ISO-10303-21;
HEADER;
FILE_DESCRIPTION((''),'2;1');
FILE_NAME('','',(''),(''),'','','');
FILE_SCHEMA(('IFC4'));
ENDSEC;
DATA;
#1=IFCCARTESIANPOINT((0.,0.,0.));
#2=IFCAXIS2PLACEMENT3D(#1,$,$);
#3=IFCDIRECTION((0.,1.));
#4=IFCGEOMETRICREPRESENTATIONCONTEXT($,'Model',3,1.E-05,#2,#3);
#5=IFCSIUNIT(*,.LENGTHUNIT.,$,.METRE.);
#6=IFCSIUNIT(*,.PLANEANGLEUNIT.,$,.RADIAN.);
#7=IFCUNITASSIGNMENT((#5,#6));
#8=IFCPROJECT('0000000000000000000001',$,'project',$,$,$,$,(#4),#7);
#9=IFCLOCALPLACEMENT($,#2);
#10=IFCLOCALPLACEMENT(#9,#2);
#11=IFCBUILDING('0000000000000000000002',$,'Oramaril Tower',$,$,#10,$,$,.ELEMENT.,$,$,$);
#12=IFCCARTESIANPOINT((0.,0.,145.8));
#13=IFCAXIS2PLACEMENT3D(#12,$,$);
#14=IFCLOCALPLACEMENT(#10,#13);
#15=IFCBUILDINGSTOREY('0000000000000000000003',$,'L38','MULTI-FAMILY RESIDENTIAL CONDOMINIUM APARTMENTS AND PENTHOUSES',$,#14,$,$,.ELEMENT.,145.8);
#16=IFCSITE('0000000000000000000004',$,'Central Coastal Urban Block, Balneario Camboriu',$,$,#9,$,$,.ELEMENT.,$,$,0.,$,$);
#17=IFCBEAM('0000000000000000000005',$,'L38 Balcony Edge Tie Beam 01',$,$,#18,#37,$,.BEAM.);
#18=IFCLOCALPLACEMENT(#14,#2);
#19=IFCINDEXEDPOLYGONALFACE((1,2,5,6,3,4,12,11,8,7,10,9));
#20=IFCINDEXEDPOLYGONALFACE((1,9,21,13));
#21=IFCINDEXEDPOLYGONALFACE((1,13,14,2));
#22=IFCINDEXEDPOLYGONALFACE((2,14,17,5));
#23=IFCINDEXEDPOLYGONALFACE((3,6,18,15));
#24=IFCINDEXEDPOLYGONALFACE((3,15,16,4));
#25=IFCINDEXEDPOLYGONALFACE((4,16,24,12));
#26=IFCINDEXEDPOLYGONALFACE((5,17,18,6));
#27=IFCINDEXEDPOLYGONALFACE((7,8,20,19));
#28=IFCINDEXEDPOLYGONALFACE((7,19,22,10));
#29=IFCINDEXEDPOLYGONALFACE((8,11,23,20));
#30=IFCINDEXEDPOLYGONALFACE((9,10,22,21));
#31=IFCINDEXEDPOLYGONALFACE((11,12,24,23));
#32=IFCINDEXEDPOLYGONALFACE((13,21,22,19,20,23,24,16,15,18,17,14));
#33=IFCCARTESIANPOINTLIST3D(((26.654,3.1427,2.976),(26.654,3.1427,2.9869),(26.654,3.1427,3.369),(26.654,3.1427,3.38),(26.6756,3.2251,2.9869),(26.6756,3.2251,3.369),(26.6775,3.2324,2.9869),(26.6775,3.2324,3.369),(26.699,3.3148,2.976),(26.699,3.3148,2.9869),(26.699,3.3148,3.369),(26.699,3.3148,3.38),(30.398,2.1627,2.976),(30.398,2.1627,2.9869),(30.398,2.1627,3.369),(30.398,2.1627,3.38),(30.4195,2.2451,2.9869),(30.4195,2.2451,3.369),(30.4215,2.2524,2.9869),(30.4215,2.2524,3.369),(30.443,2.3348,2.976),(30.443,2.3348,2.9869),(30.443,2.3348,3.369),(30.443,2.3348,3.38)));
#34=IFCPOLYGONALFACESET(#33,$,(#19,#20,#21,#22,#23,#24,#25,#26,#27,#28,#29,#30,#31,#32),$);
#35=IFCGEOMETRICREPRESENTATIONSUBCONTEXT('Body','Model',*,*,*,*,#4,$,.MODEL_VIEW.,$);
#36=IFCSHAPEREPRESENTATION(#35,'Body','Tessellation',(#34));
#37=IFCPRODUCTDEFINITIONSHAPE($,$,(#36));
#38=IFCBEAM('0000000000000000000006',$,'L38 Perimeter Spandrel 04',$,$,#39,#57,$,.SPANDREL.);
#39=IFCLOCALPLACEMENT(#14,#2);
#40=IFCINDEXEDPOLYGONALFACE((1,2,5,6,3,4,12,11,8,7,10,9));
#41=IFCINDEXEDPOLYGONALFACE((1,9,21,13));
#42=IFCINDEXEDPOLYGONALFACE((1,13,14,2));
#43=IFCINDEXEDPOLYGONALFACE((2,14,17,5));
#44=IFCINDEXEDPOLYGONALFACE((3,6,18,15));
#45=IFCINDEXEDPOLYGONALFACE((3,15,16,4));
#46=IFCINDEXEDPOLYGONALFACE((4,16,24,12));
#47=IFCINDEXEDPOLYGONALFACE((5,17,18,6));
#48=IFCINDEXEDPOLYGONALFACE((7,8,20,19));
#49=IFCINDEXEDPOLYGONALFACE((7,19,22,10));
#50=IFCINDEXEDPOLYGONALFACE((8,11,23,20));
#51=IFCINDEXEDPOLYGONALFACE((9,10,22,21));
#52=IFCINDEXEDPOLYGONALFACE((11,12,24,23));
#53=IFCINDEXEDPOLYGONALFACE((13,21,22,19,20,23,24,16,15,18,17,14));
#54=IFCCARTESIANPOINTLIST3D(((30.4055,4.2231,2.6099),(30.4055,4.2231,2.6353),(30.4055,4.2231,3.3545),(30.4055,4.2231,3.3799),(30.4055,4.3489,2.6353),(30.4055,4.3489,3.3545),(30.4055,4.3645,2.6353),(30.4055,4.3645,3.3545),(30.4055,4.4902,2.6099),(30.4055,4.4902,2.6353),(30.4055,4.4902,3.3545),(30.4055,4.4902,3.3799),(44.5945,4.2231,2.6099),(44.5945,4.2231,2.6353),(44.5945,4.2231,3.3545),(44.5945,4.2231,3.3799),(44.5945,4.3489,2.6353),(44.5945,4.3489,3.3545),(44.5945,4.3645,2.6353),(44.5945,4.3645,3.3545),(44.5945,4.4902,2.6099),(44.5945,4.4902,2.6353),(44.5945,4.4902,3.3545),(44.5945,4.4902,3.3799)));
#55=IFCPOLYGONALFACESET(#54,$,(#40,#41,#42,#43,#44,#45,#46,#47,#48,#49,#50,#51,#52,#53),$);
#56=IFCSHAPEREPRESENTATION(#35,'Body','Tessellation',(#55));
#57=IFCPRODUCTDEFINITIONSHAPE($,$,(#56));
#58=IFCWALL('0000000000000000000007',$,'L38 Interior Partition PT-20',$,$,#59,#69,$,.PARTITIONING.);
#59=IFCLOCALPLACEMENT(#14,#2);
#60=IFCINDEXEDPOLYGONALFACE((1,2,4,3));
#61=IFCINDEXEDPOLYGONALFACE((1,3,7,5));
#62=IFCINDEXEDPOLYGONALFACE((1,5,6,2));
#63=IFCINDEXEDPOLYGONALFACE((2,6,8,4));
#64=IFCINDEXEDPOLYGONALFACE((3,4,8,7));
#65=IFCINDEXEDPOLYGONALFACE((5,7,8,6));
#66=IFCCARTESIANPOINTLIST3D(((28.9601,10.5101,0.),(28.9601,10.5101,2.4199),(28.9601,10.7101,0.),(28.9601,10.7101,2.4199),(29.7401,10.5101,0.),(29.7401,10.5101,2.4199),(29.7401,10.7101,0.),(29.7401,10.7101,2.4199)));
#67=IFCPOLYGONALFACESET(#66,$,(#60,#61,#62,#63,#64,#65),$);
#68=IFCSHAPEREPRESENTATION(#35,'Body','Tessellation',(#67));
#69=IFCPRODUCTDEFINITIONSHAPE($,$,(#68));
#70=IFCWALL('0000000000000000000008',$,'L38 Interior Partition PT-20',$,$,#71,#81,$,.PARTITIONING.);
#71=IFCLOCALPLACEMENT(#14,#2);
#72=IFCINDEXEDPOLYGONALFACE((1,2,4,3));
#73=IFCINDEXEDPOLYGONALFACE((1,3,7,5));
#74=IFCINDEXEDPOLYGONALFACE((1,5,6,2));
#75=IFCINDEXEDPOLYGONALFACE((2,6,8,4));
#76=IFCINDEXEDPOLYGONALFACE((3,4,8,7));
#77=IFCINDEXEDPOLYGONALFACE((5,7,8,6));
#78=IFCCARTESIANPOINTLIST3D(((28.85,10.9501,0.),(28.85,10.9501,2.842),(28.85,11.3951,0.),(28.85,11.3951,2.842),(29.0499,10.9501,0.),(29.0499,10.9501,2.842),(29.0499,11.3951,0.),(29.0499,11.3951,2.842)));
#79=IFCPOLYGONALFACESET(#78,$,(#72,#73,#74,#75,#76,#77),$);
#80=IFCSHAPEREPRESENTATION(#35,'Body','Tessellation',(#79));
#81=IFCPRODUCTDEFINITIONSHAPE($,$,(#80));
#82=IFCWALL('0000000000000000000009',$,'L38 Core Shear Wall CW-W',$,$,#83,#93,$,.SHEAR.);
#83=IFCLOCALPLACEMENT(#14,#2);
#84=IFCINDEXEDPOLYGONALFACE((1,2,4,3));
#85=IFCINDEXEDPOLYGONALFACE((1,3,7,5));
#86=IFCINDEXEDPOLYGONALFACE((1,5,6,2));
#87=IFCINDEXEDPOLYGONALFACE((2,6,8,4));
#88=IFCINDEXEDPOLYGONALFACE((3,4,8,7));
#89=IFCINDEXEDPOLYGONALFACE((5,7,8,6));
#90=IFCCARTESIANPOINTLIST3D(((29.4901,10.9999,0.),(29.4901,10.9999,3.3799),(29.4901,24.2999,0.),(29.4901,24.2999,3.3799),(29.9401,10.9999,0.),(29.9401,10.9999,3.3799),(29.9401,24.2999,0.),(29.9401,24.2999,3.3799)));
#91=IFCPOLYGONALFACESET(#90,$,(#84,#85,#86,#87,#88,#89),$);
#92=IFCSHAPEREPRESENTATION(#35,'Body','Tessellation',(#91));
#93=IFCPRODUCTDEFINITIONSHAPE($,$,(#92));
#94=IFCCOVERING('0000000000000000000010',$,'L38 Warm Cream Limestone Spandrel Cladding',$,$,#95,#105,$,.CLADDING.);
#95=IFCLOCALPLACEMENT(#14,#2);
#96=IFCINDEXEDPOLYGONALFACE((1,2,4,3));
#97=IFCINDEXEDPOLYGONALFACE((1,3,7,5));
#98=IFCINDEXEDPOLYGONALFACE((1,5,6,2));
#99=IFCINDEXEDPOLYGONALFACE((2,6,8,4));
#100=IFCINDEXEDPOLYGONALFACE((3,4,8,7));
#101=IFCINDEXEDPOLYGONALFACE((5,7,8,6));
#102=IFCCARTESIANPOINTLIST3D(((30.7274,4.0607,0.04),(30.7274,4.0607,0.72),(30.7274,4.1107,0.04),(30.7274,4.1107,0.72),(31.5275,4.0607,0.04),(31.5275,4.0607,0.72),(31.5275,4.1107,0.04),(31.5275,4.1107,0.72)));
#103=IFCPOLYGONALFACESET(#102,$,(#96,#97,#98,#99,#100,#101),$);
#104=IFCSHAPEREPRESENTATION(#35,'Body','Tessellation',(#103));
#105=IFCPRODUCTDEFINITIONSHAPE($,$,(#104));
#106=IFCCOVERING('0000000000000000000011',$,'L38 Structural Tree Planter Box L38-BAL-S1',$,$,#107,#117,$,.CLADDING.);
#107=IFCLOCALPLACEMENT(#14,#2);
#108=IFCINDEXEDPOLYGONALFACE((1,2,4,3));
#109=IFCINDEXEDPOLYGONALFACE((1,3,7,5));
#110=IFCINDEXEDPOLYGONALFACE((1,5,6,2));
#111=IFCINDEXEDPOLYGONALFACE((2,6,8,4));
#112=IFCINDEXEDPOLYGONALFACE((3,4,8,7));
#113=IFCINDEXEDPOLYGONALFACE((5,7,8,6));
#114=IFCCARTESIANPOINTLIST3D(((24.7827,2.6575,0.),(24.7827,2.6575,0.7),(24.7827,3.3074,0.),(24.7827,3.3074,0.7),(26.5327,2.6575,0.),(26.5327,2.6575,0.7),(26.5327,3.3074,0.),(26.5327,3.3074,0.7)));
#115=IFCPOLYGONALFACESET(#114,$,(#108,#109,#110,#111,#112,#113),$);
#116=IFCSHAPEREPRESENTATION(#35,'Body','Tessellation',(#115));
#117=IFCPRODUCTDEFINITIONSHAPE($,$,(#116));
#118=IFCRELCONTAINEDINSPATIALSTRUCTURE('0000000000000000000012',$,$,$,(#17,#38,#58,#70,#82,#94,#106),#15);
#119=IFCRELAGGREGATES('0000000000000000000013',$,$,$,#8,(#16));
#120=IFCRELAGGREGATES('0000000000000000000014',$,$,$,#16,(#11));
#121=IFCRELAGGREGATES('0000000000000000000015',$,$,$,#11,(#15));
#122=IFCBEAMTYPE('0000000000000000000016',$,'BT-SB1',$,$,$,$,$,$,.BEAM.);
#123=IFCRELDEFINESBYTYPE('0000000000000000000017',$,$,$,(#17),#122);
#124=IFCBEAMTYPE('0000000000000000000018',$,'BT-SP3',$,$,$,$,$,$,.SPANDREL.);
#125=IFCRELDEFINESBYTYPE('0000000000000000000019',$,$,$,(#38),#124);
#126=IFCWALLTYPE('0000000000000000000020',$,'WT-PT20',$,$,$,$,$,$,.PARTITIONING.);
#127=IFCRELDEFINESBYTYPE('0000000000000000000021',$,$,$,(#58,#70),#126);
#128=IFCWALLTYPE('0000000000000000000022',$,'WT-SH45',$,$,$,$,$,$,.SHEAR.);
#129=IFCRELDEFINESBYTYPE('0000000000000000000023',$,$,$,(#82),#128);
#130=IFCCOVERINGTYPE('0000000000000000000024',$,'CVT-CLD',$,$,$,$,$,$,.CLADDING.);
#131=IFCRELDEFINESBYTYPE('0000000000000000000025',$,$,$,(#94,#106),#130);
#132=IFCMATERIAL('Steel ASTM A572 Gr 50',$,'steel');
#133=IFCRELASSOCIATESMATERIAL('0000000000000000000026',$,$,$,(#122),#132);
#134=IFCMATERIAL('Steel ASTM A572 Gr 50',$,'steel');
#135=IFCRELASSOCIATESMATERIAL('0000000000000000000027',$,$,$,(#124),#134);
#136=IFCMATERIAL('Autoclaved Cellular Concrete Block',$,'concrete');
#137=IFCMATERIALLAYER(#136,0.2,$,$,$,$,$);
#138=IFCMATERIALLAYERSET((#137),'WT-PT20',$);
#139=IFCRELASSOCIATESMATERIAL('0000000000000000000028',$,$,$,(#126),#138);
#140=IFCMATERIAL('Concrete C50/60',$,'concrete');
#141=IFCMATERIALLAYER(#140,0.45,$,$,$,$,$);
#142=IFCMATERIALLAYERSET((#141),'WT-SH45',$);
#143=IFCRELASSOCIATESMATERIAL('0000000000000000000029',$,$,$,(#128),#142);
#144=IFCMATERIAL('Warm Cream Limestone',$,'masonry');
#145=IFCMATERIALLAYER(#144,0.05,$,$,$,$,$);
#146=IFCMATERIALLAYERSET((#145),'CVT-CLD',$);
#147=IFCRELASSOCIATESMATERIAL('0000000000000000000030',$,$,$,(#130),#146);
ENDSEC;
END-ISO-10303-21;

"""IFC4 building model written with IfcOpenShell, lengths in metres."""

from ifc_helpers import new_model, si_unit, direction, frame, frame_2d, origin, origin_2d, place, context, subcontext, project, spatial, rectangle, i_section, extrude, material, layer, layer_set, material_profile, profile_set, type_object, element, save


model = new_model("IFC4")

# Units and contexts
model_context = context("Model", 3, precision=1e-05, world=origin(), true_north=direction((0.0, 1.0)))
body_context = subcontext(model_context, "Body", "Model", "MODEL_VIEW")
ifc_project = project(units=[si_unit("LENGTHUNIT", "METRE"), si_unit("PLANEANGLEUNIT", "RADIAN")], contexts=[model_context])

# Site, building, storey
site_placement = place(None, origin())
site = spatial("IfcSite", under=ifc_project, at=site_placement, Name="Central Coastal Urban Block, Balneario Camboriu", CompositionType="ELEMENT", RefElevation=0.0)
building_placement = place(site_placement, origin())
building = spatial("IfcBuilding", under=site, at=building_placement, Name="Oramaril Tower", CompositionType="ELEMENT")
storey_placement = place(building_placement, frame((0.0, 0.0, 145.8)))
storey = spatial("IfcBuildingStorey", under=building, at=storey_placement, Name="L38", Description="MULTI-FAMILY RESIDENTIAL CONDOMINIUM APARTMENTS AND PENTHOUSES", CompositionType="ELEMENT", Elevation=145.8)

# Beams
ifc_material_1 = material(Name="Steel ASTM A572 Gr 50", Category="steel")
ifc_material_profile_1 = material_profile(ifc_material_1, i_section(OverallWidth=0.178, OverallDepth=0.4041, WebThickness=0.0076, FlangeThickness=0.011, at=origin_2d()), Name="W16X36")
ifc_profile_set_1 = profile_set([ifc_material_profile_1], Name="Steel ASTM A572 Gr 50")
beam_type_1 = type_object("IfcBeamType", Name="BT-SB1", PredefinedType="BEAM", material=ifc_profile_set_1)
beam_1_placement = place(storey_placement, frame((26.6765, 3.2288, 3.178), z_axis=(0.967408, -0.253223, 0.0), x_axis=(0.253223, 0.967408, 0.0)))
element("IfcBeam", 1, at=beam_1_placement, inside=storey, type_object=beam_type_1, Name="L38 Balcony Edge Tie Beam 01", PredefinedType="BEAM", context=body_context, shape_type="SweptSolid", body=[
    extrude(i_section(OverallWidth=0.178, OverallDepth=0.4041, WebThickness=0.0076, FlangeThickness=0.011, at=origin_2d()), origin(), (0.0, 0.0, 1.0), 3.8701),
])
ifc_material_2 = material(Name="Steel ASTM A572 Gr 50", Category="steel")
ifc_material_profile_2 = material_profile(ifc_material_2, i_section(OverallWidth=0.2671, OverallDepth=0.77, WebThickness=0.0156, FlangeThickness=0.0254, at=origin_2d()), Name="W30X132")
ifc_profile_set_2 = profile_set([ifc_material_profile_2], Name="Steel ASTM A572 Gr 50")
beam_type_2 = type_object("IfcBeamType", Name="BT-SP3", PredefinedType="SPANDREL", material=ifc_profile_set_2)
beam_2_placement = place(storey_placement, frame((30.4055, 4.3567, 2.9949), z_axis=(1.0, 0.0, 0.0), x_axis=(0.0, 1.0, 0.0)))
element("IfcBeam", 2, at=beam_2_placement, inside=storey, type_object=beam_type_2, Name="L38 Perimeter Spandrel 04", PredefinedType="SPANDREL", context=body_context, shape_type="SweptSolid", body=[
    extrude(i_section(OverallWidth=0.2671, OverallDepth=0.77, WebThickness=0.0156, FlangeThickness=0.0254, at=origin_2d()), origin(), (0.0, 0.0, 1.0), 14.189),
])

# Walls
ifc_material_3 = material(Name="Autoclaved Cellular Concrete Block", Category="concrete")
ifc_layer_1 = layer(ifc_material_3, 0.2)
ifc_layer_set_1 = layer_set([ifc_layer_1], Name="WT-PT20")
wall_type_1 = type_object("IfcWallType", Name="WT-PT20", PredefinedType="PARTITIONING", material=ifc_layer_set_1)
wall_1_placement = place(storey_placement, frame((28.96, 10.6101, 0.0), z_axis=(0.0, 0.0, 1.0), x_axis=(1.0, 0.0, 0.0)))
element("IfcWall", 3, at=wall_1_placement, inside=storey, type_object=wall_type_1, Name="L38 Interior Partition PT-20", PredefinedType="PARTITIONING", context=body_context, shape_type="SweptSolid", body=[
    extrude(rectangle(XDim=0.78, YDim=0.2, at=frame_2d((0.3901, 0.0))), origin(), (0.0, 0.0, 1.0), 2.4199),
])
wall_2_placement = place(storey_placement, frame((28.95, 10.95, 0.0), z_axis=(0.0, 0.0, 1.0), x_axis=(0.0, 1.0, 0.0)))
element("IfcWall", 4, at=wall_2_placement, inside=storey, type_object=wall_type_1, Name="L38 Interior Partition PT-20", PredefinedType="PARTITIONING", context=body_context, shape_type="SweptSolid", body=[
    extrude(rectangle(XDim=0.4451, YDim=0.2, at=frame_2d((0.2227, 0.0))), origin(), (0.0, 0.0, 1.0), 2.842),
])
ifc_material_4 = material(Name="Concrete C50/60", Category="concrete")
ifc_layer_2 = layer(ifc_material_4, 0.45)
ifc_layer_set_2 = layer_set([ifc_layer_2], Name="WT-SH45")
wall_type_2 = type_object("IfcWallType", Name="WT-SH45", PredefinedType="SHEAR", material=ifc_layer_set_2)
wall_3_placement = place(storey_placement, frame((29.7151, 11.0, 0.0), z_axis=(0.0, 0.0, 1.0), x_axis=(0.0, 1.0, 0.0)))
element("IfcWall", 5, at=wall_3_placement, inside=storey, type_object=wall_type_2, Name="L38 Core Shear Wall CW-W", PredefinedType="SHEAR", context=body_context, shape_type="SweptSolid", body=[
    extrude(rectangle(XDim=13.3, YDim=0.45, at=frame_2d((6.6499, 0.0))), origin(), (0.0, 0.0, 1.0), 3.3799),
])

# Coverings
ifc_material_5 = material(Name="Warm Cream Limestone", Category="masonry")
ifc_layer_3 = layer(ifc_material_5, 0.05)
ifc_layer_set_3 = layer_set([ifc_layer_3], Name="CVT-CLD")
covering_type = type_object("IfcCoveringType", Name="CVT-CLD", PredefinedType="CLADDING", material=ifc_layer_set_3)
covering_1_placement = place(storey_placement, frame((31.1274, 4.0857, 0.04), z_axis=(0.0, 0.0, 1.0), x_axis=(1.0, 0.0, 0.0)))
element("IfcCovering", 6, at=covering_1_placement, inside=storey, type_object=covering_type, Name="L38 Warm Cream Limestone Spandrel Cladding", PredefinedType="CLADDING", context=body_context, shape_type="SweptSolid", body=[
    extrude(rectangle(XDim=0.8, YDim=0.05, at=origin_2d()), origin(), (0.0, 0.0, 1.0), 0.6799),
])
covering_2_placement = place(storey_placement, frame((25.6577, 2.9824, 0.0), z_axis=(0.0, 0.0, 1.0), x_axis=(1.0, 0.0, 0.0)))
element("IfcCovering", 7, at=covering_2_placement, inside=storey, type_object=covering_type, Name="L38 Structural Tree Planter Box L38-BAL-S1", PredefinedType="CLADDING", context=body_context, shape_type="SweptSolid", body=[
    extrude(rectangle(XDim=1.75, YDim=0.6499, at=origin_2d()), origin(), (0.0, 0.0, 1.0), 0.7),
])

save(model, "model.ifc")
